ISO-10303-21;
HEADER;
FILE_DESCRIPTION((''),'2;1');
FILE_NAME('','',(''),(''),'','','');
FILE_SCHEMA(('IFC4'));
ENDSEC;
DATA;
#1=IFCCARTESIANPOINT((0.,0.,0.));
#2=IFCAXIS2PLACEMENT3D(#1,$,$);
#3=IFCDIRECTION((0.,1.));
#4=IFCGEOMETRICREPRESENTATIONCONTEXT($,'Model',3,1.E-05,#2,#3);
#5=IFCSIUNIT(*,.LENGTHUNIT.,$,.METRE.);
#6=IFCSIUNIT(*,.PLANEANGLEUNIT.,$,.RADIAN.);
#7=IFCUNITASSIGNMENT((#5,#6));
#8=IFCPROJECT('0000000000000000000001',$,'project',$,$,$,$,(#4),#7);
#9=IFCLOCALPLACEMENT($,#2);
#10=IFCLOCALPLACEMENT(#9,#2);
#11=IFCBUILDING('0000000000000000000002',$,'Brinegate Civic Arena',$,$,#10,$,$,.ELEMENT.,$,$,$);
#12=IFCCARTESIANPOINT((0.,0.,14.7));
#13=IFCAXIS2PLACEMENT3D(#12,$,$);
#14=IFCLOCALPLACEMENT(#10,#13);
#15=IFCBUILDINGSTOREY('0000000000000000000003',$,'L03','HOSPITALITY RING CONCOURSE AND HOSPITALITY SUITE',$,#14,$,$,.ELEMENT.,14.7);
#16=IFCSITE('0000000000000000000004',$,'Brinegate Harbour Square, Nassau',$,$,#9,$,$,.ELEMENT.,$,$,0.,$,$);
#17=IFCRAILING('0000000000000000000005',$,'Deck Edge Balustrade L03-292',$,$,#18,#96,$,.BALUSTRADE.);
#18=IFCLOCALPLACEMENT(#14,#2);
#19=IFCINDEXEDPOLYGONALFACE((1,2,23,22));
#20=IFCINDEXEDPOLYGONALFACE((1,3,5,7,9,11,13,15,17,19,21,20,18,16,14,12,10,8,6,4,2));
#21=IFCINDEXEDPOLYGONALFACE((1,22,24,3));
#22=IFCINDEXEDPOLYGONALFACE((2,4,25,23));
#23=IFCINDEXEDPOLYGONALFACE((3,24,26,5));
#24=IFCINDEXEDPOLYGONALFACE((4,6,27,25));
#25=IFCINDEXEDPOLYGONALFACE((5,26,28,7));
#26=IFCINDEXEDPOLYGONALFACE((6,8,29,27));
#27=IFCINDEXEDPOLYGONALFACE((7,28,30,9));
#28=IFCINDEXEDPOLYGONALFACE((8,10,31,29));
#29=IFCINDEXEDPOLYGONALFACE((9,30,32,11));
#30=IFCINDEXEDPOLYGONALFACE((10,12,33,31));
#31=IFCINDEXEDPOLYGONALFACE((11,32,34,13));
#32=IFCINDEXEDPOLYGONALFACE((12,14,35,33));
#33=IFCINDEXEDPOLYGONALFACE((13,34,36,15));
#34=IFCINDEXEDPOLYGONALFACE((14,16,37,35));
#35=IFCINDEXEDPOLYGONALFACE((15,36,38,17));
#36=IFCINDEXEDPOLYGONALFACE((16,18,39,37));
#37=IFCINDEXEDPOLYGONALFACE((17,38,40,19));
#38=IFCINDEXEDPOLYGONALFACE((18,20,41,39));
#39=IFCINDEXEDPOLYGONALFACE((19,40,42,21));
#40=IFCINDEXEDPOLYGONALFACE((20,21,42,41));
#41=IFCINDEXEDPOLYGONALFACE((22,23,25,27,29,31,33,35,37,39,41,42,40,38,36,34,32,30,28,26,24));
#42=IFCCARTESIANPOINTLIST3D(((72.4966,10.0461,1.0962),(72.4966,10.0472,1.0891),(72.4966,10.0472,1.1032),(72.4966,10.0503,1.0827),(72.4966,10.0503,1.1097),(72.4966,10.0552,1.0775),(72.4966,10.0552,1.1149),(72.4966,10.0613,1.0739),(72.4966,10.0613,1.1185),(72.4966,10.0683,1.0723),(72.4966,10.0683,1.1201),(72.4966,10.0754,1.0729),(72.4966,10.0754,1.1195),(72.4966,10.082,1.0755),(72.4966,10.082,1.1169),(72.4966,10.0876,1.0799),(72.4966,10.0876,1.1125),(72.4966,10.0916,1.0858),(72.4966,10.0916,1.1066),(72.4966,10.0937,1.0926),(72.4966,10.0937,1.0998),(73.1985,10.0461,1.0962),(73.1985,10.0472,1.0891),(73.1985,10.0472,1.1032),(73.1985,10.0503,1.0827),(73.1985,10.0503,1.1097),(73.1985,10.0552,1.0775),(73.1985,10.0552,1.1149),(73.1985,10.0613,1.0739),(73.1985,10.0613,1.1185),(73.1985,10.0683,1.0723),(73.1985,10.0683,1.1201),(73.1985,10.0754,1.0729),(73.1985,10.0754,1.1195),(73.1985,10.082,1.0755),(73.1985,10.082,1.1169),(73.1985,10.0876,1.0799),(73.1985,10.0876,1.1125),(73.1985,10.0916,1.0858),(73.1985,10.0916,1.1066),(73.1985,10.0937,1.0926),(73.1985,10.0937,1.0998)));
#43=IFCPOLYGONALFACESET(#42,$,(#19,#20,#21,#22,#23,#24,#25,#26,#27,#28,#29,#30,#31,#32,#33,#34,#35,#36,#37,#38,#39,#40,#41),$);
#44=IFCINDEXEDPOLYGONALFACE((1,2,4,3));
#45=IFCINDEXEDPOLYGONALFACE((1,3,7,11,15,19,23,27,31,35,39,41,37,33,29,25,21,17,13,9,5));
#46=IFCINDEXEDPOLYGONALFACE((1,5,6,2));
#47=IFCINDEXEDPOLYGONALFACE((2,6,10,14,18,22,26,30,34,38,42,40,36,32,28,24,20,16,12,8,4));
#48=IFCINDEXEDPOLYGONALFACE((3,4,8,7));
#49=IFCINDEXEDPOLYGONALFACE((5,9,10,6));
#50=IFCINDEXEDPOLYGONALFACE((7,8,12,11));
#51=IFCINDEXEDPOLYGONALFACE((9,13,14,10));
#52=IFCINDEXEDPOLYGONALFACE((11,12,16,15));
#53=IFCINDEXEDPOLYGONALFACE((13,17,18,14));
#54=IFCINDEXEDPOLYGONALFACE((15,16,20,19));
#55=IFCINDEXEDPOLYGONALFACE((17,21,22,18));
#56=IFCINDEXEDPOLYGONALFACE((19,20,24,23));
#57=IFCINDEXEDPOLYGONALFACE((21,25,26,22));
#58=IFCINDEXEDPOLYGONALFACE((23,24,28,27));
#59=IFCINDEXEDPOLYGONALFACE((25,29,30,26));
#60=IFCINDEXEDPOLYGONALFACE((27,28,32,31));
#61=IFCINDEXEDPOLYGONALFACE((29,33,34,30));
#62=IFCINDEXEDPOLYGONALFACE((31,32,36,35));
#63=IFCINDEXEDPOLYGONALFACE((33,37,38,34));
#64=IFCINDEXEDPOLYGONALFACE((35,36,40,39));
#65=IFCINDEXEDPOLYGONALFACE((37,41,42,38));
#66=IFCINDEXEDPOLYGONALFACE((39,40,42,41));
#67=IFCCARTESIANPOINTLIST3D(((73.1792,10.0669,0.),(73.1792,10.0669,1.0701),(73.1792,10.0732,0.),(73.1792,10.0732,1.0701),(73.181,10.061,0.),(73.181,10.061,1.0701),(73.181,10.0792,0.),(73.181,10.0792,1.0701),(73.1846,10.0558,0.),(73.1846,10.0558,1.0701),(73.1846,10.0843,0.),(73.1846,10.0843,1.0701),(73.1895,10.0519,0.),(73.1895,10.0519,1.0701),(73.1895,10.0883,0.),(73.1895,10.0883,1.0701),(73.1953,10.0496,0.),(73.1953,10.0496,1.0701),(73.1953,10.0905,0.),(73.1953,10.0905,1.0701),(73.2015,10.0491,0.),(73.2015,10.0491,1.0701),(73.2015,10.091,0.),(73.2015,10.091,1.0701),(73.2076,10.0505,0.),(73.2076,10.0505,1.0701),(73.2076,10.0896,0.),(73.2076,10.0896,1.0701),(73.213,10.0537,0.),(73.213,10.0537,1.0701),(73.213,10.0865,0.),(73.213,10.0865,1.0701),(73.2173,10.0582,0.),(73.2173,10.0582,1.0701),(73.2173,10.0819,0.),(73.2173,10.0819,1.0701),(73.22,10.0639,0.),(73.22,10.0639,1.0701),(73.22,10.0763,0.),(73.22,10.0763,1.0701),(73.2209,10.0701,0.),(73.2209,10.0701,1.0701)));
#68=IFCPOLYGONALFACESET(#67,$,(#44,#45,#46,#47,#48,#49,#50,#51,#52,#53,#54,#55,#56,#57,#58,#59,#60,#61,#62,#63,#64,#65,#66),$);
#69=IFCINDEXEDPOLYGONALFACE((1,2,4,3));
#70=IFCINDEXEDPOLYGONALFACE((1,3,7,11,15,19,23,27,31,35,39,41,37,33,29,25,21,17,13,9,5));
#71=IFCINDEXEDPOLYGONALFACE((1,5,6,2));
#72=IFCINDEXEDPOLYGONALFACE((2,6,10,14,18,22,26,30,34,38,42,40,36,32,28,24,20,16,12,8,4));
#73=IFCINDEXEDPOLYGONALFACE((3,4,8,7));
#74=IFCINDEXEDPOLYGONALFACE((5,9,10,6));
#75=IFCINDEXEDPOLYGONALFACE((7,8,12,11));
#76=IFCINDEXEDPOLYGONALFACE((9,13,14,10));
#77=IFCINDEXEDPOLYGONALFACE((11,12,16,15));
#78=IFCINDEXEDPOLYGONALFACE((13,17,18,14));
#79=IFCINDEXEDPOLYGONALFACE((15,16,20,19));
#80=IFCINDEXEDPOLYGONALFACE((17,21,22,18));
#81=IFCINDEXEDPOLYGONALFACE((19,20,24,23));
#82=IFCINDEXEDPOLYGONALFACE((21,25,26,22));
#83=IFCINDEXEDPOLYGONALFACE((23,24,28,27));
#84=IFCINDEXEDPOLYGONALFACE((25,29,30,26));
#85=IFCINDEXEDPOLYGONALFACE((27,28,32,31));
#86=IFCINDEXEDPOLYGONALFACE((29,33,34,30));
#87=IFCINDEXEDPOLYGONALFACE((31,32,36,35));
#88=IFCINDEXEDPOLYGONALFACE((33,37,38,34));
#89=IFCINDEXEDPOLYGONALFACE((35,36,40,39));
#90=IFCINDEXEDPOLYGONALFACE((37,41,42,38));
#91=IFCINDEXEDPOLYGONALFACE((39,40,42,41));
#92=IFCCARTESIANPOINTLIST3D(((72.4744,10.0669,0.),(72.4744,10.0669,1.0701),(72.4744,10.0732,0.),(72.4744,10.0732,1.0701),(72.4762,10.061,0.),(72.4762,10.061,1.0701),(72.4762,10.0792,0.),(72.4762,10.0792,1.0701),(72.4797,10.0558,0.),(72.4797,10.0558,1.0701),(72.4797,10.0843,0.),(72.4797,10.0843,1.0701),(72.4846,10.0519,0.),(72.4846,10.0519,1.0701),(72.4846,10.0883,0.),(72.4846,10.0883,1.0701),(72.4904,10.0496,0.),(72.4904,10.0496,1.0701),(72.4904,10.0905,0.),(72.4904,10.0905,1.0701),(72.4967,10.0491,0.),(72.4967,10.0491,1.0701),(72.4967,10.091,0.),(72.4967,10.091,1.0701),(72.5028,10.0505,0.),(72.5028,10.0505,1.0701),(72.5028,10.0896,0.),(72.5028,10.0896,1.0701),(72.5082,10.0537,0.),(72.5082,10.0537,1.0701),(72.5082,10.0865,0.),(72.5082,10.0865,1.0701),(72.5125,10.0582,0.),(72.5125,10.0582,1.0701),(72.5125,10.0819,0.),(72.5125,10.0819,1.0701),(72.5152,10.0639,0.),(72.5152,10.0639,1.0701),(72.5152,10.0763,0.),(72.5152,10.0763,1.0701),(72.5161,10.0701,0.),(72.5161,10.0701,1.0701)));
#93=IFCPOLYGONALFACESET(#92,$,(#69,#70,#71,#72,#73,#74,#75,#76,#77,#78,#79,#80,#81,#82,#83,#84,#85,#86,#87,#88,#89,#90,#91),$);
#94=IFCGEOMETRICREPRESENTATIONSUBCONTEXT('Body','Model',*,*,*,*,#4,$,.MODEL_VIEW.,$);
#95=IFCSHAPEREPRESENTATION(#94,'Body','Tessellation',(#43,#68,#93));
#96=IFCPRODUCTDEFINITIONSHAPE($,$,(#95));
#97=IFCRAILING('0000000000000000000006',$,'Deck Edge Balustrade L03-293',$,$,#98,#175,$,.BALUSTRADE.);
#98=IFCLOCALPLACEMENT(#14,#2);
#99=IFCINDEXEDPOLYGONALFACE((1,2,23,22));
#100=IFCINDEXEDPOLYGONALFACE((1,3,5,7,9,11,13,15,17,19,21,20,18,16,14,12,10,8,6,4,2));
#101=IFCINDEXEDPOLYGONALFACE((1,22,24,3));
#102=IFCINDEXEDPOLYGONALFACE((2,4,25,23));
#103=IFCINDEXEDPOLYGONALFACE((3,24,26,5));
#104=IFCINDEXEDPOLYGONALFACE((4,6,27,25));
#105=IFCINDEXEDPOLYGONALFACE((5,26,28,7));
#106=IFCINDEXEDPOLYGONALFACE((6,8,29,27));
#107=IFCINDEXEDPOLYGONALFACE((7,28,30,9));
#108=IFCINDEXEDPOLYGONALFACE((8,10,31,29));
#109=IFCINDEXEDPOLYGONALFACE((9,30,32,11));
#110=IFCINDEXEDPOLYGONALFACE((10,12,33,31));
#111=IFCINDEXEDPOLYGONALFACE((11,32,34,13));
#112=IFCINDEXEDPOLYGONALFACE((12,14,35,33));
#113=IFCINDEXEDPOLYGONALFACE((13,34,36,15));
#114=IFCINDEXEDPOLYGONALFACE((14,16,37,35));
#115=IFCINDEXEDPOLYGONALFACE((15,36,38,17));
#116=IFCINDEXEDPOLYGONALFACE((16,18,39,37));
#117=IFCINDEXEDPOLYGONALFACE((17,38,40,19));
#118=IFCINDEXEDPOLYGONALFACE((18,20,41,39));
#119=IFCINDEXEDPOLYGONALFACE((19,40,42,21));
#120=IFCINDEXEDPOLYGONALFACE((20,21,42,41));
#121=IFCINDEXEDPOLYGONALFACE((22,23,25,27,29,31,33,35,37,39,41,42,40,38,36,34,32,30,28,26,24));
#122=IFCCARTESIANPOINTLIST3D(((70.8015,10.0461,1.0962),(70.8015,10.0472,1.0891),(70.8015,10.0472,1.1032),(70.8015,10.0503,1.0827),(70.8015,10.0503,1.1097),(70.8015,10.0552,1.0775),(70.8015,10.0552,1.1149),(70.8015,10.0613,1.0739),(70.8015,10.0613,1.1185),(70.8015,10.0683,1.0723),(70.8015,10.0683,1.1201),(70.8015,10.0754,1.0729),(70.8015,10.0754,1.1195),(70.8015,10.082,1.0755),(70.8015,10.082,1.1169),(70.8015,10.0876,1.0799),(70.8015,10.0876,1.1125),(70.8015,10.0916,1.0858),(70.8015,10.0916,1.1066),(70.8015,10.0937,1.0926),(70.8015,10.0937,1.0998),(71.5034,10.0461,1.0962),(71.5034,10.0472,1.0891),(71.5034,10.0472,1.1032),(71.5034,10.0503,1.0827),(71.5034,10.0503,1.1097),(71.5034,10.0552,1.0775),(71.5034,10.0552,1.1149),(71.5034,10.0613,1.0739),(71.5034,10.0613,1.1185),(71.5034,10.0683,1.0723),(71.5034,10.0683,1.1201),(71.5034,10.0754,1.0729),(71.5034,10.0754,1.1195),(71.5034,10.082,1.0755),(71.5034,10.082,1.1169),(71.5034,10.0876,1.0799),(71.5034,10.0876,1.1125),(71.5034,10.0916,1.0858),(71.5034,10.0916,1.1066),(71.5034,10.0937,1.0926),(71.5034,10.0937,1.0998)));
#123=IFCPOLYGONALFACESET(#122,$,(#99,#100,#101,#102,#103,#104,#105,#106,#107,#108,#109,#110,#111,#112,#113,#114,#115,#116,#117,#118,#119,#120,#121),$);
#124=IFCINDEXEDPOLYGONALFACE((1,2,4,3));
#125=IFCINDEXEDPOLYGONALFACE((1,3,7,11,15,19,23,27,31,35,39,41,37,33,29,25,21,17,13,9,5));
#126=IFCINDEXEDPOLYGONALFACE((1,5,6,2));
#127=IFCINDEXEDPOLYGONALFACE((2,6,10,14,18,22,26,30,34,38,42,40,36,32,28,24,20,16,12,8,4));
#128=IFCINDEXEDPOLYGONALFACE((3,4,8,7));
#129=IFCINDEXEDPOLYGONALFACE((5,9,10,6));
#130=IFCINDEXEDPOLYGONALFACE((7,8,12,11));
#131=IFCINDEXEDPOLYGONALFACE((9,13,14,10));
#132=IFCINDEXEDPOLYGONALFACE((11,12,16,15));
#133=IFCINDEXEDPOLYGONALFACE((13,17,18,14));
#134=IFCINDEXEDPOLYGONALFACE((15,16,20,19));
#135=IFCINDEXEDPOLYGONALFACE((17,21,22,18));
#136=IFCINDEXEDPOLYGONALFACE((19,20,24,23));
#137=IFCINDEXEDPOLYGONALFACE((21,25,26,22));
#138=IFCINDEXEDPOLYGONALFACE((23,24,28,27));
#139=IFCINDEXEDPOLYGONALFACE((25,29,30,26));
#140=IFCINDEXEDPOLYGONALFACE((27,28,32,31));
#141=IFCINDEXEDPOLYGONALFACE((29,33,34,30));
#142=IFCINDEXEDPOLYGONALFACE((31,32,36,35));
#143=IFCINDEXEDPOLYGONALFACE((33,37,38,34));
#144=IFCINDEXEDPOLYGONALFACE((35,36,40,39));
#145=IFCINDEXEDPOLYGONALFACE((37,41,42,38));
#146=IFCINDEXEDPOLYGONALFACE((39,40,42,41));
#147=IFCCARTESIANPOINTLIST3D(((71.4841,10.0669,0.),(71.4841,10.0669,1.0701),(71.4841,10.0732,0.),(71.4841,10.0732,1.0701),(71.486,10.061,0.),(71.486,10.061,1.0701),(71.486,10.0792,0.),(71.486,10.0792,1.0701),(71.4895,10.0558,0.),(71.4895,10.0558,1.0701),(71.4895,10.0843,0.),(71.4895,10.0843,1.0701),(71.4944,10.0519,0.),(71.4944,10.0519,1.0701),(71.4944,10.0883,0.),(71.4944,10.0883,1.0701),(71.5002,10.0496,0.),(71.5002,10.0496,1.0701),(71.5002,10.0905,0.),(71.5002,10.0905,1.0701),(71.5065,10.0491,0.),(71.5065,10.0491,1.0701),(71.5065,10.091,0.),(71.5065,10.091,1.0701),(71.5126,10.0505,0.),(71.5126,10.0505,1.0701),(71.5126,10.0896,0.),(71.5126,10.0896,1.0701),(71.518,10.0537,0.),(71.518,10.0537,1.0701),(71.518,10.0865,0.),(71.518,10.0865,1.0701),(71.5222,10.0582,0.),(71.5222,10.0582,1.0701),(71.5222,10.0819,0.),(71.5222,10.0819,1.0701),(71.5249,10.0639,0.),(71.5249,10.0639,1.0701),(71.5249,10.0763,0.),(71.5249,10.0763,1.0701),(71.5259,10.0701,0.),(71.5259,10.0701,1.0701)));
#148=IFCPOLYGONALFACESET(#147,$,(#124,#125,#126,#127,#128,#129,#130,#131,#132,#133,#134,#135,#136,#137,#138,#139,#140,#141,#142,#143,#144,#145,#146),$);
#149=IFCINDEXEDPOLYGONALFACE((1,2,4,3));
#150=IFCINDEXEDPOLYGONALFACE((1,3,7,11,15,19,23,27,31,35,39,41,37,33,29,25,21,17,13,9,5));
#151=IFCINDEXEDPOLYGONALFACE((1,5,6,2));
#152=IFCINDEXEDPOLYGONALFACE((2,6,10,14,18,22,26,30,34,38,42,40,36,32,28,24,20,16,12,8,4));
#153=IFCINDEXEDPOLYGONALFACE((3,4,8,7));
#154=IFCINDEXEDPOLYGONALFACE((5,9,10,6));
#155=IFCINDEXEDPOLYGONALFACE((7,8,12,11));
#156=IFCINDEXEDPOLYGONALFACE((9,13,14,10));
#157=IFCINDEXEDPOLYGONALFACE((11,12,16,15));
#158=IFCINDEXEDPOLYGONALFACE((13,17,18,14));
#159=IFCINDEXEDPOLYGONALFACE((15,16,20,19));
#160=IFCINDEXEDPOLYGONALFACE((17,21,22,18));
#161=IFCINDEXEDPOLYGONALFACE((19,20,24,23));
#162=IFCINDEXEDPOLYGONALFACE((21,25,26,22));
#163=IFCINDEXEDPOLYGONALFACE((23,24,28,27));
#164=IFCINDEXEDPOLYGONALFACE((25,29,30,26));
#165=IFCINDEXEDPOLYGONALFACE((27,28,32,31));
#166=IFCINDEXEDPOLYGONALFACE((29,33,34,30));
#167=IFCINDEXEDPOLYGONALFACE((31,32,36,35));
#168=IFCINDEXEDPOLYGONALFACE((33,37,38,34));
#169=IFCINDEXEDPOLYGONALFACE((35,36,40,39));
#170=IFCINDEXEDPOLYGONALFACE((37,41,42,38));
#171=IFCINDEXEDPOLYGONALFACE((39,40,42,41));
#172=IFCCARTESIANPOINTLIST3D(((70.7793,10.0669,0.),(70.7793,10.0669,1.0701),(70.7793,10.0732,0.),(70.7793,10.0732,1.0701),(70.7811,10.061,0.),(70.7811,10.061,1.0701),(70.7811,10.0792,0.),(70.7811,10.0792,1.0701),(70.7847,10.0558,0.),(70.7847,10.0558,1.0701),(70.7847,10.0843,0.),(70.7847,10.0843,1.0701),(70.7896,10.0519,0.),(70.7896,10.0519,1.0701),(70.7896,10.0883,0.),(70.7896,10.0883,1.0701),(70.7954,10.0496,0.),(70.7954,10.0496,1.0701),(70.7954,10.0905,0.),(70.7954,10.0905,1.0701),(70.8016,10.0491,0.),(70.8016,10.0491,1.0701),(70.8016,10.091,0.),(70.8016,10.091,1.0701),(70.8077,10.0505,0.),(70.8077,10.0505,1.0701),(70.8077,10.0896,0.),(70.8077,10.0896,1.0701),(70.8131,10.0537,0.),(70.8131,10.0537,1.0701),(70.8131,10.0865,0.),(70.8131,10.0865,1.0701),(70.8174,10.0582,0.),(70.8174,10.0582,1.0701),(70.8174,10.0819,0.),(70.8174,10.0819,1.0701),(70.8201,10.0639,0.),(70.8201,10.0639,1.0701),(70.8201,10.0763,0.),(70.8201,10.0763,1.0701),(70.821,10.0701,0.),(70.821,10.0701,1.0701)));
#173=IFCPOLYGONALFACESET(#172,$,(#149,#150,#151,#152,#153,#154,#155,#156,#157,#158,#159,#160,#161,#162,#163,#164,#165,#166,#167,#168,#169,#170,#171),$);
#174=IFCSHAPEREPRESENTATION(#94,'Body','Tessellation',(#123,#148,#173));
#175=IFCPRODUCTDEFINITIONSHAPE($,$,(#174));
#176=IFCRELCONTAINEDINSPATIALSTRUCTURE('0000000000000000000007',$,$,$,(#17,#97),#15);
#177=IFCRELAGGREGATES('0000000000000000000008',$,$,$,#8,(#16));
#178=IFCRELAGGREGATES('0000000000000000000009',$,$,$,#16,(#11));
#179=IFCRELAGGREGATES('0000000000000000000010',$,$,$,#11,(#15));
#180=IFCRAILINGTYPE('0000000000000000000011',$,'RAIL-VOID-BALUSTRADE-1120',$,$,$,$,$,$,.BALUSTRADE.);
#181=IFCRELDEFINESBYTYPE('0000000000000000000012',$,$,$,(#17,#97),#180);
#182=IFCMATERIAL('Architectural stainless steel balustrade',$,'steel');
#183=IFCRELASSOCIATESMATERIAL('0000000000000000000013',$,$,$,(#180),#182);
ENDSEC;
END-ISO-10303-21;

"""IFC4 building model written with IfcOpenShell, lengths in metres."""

from ifc_helpers import new_model, si_unit, direction, frame, origin, origin_2d, place, context, subcontext, project, spatial, circle, extrude, material, type_object, element, save


model = new_model("IFC4")

# Units and contexts
model_context = context("Model", 3, precision=1e-05, world=origin(), true_north=direction((0.0, 1.0)))
body_context = subcontext(model_context, "Body", "Model", "MODEL_VIEW")
ifc_project = project(units=[si_unit("LENGTHUNIT", "METRE"), si_unit("PLANEANGLEUNIT", "RADIAN")], contexts=[model_context])

# Site, building, storey
site_placement = place(None, origin())
site = spatial("IfcSite", under=ifc_project, at=site_placement, Name="Brinegate Harbour Square, Nassau", CompositionType="ELEMENT", RefElevation=0.0)
building_placement = place(site_placement, origin())
building = spatial("IfcBuilding", under=site, at=building_placement, Name="Brinegate Civic Arena", CompositionType="ELEMENT")
storey_placement = place(building_placement, frame((0.0, 0.0, 14.7)))
storey = spatial("IfcBuildingStorey", under=building, at=storey_placement, Name="L03", Description="HOSPITALITY RING CONCOURSE AND HOSPITALITY SUITE", CompositionType="ELEMENT", Elevation=14.7)

# Railings
ifc_material_1 = material(Name="Architectural stainless steel balustrade", Category="steel")
railing_type_1 = type_object("IfcRailingType", Name="RAIL-VOID-BALUSTRADE-1120", PredefinedType="BALUSTRADE", material=ifc_material_1)
for number, where, name in (
    (1, (73.2, 10.0701, 0.0), "Deck Edge Balustrade L03-292"),
    (2, (71.5049, 10.0701, 0.0), "Deck Edge Balustrade L03-293"),
):
    element("IfcRailing", number, at=place(storey_placement, frame(where)), inside=storey, type_object=railing_type_1, Name=name, PredefinedType="BALUSTRADE", context=body_context, shape_type="SweptSolid", body=[
        extrude(circle(Radius=0.0239, at=origin_2d()), frame((-0.0015, 0.0, 1.0962), z_axis=(-1.0, 0.0, 0.0), x_axis=(0.0, -1.0, 0.0)), (0.0, 0.0, 1.0), 0.7019),
        extrude(circle(Radius=0.021, at=origin_2d()), origin(), (0.0, 0.0, 1.0), 1.0701),
        extrude(circle(Radius=0.021, at=origin_2d()), frame((-0.7048, 0.0, 0.0)), (0.0, 0.0, 1.0), 1.0701),
    ])

save(model, "model.ifc")
